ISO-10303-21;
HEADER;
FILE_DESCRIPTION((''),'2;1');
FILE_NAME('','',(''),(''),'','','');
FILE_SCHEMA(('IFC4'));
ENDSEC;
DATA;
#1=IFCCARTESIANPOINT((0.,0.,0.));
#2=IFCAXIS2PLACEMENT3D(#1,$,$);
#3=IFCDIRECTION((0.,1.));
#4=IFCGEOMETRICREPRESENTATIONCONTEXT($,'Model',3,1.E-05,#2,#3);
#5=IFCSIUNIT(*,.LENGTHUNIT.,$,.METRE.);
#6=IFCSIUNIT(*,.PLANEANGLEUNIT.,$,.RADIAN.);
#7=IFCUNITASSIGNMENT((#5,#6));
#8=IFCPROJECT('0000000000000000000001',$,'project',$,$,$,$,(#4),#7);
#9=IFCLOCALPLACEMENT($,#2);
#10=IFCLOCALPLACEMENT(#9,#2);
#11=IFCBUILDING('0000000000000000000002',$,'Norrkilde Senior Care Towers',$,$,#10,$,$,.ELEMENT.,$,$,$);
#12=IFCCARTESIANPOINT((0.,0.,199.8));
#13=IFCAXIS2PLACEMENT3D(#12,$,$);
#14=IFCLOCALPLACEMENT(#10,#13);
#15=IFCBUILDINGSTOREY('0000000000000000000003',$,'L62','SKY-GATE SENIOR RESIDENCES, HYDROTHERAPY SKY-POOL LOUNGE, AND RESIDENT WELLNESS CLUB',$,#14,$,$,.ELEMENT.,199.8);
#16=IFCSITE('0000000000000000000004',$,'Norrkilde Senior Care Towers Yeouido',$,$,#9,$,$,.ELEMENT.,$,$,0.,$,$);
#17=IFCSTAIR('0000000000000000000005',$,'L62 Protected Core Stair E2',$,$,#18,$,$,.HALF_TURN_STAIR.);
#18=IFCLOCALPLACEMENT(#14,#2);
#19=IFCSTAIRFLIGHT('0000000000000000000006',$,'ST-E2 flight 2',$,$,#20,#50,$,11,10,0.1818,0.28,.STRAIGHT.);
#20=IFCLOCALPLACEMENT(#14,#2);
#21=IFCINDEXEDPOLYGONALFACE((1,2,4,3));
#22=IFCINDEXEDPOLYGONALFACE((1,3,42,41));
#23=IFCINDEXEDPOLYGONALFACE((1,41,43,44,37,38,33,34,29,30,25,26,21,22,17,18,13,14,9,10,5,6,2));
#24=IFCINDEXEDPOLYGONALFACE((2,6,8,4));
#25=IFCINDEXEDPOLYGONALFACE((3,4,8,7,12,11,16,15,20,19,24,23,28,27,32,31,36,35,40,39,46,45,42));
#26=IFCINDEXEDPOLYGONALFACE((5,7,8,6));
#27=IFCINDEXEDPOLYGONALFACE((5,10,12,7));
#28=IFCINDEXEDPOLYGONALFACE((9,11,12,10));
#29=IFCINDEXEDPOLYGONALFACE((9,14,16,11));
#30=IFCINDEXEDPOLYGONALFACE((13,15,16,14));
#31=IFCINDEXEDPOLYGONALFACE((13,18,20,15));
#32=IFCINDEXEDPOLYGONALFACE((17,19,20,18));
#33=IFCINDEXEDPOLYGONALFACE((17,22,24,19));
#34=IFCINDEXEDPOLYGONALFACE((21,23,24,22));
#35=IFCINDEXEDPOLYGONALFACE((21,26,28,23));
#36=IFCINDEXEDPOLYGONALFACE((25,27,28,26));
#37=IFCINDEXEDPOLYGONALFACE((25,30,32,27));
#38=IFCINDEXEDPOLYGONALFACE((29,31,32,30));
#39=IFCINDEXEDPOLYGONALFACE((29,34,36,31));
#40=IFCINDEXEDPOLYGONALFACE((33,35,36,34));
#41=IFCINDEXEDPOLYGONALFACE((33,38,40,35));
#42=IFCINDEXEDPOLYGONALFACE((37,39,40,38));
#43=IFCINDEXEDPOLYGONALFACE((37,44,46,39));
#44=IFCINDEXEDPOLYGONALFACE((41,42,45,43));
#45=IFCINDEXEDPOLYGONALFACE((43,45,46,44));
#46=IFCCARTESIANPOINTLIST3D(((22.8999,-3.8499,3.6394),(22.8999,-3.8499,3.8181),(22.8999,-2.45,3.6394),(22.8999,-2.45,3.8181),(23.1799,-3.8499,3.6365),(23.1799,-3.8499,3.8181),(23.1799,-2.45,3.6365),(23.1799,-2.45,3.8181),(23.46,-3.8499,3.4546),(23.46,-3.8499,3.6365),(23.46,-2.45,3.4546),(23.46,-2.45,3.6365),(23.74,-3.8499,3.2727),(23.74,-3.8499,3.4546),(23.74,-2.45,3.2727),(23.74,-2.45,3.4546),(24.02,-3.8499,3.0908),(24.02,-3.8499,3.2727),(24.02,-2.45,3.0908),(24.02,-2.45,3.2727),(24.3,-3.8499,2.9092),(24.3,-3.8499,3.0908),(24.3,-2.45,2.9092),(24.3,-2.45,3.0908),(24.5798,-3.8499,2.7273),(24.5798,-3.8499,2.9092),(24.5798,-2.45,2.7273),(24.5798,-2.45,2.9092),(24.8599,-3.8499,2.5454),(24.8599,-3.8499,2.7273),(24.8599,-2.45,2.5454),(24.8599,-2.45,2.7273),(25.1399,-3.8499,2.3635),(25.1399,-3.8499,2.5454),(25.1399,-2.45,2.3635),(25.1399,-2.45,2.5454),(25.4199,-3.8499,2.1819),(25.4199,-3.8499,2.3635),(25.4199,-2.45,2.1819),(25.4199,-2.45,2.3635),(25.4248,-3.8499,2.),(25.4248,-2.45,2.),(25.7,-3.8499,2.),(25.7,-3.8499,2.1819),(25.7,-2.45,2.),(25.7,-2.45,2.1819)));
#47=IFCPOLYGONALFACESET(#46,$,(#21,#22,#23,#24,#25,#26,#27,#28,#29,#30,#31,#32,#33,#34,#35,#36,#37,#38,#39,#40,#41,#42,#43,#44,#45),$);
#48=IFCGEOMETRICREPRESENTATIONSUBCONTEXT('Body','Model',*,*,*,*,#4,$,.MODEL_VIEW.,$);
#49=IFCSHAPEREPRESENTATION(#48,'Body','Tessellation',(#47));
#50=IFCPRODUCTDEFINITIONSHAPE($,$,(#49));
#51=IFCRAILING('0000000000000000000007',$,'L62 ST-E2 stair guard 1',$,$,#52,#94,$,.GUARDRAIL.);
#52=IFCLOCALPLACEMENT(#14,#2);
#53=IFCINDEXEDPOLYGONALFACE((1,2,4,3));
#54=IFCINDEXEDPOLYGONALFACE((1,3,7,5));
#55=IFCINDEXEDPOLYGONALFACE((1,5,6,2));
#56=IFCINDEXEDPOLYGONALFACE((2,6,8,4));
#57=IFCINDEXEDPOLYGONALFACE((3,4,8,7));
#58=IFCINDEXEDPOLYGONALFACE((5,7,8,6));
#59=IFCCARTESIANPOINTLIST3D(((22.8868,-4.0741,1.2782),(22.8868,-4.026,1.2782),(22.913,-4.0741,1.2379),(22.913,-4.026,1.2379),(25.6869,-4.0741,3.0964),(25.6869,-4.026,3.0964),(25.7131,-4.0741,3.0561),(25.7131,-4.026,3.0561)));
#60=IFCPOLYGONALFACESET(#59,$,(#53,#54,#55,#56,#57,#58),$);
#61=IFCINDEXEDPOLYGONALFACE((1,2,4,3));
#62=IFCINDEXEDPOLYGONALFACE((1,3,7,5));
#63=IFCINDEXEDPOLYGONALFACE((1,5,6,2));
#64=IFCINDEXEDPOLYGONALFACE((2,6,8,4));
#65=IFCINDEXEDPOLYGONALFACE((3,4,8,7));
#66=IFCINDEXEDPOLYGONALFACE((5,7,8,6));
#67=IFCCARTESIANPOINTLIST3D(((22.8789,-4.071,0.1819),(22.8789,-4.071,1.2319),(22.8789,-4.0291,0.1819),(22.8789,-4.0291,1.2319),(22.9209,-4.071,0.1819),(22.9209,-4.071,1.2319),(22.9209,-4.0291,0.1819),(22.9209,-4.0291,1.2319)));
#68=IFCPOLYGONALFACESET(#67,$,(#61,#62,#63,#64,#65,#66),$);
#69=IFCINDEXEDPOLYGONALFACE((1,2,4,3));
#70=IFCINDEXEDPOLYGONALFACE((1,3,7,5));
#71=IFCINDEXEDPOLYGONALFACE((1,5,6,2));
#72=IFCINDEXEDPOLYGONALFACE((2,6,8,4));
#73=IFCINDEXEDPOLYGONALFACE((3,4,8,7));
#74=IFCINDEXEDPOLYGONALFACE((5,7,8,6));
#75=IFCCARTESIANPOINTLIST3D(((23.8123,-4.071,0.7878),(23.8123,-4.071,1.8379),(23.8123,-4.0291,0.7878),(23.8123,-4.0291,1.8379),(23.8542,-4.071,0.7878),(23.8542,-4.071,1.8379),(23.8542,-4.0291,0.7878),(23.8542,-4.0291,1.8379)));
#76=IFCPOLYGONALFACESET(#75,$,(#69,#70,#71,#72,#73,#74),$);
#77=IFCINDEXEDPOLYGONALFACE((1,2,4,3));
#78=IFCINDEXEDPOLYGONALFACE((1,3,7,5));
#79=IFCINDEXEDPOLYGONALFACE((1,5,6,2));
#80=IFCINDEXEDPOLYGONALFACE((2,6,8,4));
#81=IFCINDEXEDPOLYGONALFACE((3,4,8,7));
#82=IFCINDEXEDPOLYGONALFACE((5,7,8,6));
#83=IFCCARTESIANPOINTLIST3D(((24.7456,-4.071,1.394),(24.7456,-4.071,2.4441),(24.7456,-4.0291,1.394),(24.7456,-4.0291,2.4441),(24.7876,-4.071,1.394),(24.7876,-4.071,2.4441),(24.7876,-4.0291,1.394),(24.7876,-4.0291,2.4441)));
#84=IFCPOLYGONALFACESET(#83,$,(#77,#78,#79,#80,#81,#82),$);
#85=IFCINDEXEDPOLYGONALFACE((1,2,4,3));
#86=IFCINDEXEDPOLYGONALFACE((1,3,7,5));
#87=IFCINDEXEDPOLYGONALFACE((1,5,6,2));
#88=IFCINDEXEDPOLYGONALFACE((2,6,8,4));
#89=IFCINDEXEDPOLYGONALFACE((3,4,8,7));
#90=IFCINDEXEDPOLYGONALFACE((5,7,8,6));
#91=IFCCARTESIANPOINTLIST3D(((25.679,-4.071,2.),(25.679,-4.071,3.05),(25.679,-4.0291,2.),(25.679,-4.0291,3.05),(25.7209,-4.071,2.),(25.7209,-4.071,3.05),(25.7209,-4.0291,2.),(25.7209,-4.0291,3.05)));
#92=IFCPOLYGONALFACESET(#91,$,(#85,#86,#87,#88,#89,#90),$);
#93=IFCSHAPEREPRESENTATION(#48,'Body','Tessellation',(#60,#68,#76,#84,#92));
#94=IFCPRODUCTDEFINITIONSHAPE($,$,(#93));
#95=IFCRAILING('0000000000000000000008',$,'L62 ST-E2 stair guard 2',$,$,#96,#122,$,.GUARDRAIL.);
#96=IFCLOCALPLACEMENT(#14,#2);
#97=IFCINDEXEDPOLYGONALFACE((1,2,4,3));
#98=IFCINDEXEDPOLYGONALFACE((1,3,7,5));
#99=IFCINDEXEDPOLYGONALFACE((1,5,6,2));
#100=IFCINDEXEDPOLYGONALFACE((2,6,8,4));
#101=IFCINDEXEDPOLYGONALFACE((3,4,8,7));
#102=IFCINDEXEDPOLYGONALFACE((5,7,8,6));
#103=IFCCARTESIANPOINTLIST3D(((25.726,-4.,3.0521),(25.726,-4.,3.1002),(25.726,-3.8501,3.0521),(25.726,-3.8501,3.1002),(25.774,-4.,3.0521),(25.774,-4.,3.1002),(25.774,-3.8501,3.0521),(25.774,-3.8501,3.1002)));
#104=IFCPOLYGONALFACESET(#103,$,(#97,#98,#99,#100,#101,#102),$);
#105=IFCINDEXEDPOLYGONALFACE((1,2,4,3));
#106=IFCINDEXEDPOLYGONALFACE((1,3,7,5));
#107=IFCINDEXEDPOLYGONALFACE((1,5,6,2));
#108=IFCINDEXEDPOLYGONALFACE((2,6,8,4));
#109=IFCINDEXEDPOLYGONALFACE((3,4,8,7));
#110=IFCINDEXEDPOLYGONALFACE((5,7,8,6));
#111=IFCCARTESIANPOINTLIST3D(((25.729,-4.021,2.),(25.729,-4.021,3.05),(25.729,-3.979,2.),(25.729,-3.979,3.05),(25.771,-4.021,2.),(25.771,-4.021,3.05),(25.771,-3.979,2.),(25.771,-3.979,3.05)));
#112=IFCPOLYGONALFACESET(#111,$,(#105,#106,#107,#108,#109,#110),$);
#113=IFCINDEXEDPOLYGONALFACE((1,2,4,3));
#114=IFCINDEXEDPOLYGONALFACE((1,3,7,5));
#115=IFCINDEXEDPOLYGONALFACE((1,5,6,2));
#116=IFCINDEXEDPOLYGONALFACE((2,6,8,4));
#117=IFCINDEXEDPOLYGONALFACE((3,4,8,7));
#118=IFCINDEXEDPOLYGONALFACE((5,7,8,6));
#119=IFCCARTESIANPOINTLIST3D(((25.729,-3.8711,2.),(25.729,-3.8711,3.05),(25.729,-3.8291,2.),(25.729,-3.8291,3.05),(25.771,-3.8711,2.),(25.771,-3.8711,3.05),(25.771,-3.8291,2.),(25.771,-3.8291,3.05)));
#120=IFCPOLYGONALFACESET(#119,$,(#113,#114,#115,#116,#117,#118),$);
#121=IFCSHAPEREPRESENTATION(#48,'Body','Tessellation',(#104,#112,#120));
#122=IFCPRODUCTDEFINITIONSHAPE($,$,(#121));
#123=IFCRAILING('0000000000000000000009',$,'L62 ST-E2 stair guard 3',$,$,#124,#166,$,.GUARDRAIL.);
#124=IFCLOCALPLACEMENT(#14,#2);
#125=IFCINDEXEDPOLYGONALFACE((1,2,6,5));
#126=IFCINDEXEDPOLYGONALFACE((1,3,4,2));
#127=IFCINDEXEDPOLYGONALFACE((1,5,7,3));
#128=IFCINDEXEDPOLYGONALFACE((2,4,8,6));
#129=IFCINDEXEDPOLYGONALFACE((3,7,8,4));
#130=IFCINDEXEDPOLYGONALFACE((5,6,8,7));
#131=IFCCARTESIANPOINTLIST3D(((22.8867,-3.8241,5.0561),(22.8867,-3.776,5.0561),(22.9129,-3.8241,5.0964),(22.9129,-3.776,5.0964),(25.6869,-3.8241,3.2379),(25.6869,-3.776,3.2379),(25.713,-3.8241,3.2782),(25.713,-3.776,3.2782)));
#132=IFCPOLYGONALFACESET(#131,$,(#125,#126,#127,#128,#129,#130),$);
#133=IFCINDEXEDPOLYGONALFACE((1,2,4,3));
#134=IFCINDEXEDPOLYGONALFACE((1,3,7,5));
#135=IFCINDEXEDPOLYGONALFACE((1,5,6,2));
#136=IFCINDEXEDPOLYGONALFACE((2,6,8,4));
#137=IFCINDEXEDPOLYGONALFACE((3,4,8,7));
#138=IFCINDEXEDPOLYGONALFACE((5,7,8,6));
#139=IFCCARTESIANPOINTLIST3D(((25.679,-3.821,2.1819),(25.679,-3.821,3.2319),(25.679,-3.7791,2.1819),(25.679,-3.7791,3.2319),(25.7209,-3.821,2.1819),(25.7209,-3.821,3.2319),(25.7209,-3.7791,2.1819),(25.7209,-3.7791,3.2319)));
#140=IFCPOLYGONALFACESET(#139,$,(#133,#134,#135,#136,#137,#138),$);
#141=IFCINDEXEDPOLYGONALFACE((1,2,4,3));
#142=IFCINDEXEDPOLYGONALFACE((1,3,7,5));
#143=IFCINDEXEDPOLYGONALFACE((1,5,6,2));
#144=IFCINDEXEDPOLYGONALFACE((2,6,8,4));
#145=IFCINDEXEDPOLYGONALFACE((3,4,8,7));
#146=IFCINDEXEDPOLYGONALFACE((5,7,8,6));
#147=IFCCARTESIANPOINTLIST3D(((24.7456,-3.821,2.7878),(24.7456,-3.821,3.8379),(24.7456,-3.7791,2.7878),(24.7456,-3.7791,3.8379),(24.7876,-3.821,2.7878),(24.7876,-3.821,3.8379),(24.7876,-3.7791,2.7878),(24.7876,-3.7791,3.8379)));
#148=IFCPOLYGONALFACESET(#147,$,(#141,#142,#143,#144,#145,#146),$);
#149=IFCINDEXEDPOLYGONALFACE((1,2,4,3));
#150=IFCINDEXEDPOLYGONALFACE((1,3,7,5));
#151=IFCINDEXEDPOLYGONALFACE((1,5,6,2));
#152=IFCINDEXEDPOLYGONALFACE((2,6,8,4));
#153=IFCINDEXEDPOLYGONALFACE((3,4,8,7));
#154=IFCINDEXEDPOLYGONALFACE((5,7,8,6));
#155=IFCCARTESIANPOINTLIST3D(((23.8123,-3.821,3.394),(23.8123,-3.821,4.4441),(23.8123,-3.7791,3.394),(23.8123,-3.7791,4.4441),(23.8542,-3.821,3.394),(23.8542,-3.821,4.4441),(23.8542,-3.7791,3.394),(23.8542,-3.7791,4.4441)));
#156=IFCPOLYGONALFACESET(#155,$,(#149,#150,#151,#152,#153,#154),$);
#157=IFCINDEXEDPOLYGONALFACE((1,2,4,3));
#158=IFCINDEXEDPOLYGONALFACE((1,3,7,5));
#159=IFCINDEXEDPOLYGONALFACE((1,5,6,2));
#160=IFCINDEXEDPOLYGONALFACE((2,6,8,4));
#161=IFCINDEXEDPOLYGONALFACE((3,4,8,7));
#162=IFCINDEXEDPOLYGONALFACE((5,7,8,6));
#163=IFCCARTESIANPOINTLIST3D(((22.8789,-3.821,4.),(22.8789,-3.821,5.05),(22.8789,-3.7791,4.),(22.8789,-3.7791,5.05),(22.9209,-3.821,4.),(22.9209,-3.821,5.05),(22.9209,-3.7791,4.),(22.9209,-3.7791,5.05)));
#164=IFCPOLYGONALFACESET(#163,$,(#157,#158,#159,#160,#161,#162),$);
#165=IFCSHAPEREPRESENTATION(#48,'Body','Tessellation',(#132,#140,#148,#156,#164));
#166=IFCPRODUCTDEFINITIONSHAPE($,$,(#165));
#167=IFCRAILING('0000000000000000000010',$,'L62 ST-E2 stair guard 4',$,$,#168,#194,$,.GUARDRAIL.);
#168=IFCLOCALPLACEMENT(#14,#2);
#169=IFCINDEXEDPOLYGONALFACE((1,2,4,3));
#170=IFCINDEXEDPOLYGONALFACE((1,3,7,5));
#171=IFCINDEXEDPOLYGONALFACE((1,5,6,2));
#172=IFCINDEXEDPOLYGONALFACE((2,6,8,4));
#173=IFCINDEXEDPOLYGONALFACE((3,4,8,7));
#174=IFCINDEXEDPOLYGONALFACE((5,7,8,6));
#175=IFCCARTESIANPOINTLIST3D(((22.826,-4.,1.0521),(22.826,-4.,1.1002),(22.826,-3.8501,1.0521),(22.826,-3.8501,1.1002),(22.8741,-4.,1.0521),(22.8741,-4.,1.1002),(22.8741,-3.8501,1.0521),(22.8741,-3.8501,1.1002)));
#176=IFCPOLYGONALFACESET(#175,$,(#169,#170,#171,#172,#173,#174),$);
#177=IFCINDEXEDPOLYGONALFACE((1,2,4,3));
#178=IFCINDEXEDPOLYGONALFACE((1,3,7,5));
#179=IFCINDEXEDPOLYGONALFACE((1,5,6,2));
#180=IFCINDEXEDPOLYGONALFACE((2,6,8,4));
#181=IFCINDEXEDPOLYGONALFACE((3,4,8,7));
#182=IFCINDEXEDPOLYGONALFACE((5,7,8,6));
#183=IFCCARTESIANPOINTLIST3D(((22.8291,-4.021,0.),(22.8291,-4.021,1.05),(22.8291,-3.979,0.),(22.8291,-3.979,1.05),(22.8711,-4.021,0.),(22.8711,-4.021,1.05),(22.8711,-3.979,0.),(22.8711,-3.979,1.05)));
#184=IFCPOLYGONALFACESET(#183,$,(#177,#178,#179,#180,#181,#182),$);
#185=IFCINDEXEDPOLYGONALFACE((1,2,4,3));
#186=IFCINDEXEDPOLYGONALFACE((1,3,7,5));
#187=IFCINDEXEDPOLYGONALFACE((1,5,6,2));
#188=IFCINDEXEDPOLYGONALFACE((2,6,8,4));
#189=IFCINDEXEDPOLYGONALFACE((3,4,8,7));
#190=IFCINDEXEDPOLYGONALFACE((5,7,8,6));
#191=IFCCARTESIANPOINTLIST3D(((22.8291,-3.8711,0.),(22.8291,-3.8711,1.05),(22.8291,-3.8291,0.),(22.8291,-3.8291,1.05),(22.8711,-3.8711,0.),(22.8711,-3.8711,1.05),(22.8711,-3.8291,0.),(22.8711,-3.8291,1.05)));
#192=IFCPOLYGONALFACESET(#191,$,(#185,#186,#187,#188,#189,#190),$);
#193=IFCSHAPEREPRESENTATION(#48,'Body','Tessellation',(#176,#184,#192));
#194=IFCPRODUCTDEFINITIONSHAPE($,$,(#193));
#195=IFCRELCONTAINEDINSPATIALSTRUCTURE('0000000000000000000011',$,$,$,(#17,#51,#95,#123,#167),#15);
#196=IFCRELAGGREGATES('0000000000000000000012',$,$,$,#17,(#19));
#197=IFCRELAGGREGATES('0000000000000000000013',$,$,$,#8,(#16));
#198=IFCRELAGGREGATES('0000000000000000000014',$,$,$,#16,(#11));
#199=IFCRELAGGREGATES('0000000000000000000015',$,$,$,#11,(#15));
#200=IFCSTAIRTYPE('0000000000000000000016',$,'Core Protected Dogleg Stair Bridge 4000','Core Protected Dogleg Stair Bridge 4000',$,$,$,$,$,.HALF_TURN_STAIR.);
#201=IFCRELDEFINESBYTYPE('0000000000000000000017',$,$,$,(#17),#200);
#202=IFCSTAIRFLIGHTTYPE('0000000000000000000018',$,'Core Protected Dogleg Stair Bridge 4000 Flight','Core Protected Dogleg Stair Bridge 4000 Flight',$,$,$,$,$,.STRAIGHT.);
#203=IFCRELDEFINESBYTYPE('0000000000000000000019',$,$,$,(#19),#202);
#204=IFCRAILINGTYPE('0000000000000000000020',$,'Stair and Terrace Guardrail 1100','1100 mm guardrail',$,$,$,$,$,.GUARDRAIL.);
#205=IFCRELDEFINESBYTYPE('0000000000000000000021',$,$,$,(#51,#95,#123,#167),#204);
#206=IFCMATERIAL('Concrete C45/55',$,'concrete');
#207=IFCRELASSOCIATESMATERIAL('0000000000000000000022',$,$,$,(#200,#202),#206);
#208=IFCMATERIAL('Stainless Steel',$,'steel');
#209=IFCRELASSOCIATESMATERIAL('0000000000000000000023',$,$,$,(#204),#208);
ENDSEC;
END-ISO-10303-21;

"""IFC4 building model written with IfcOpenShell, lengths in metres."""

from ifc_helpers import new_model, si_unit, direction, frame, origin, origin_2d, place, context, subcontext, project, spatial, polyline, rectangle, outline, extrude, material, type_object, element, aggregate, save


model = new_model("IFC4")

# Units and contexts
model_context = context("Model", 3, precision=1e-05, world=origin(), true_north=direction((0.0, 1.0)))
body_context = subcontext(model_context, "Body", "Model", "MODEL_VIEW")
ifc_project = project(units=[si_unit("LENGTHUNIT", "METRE"), si_unit("PLANEANGLEUNIT", "RADIAN")], contexts=[model_context])

# Site, building, storey
site_placement = place(None, origin())
site = spatial("IfcSite", under=ifc_project, at=site_placement, Name="Norrkilde Senior Care Towers Yeouido", CompositionType="ELEMENT", RefElevation=0.0)
building_placement = place(site_placement, origin())
building = spatial("IfcBuilding", under=site, at=building_placement, Name="Norrkilde Senior Care Towers", CompositionType="ELEMENT")
storey_placement = place(building_placement, frame((0.0, 0.0, 199.8)))
storey = spatial("IfcBuildingStorey", under=building, at=storey_placement, Name="L62", Description="SKY-GATE SENIOR RESIDENCES, HYDROTHERAPY SKY-POOL LOUNGE, AND RESIDENT WELLNESS CLUB", CompositionType="ELEMENT", Elevation=199.8)

# Shared definitions
ifc_material_1 = material(Name="Concrete C45/55", Category="concrete")

# Shared definitions
ifc_material_2 = material(Name="Stainless Steel", Category="steel")

# Stair, stair flight
stair_type = type_object("IfcStairType", Name="Core Protected Dogleg Stair Bridge 4000", Description="Core Protected Dogleg Stair Bridge 4000", PredefinedType="HALF_TURN_STAIR", material=ifc_material_1)
stair_placement = place(storey_placement, origin())
stair = element("IfcStair", 1, at=stair_placement, inside=storey, type_object=stair_type, Name="L62 Protected Core Stair E2", PredefinedType="HALF_TURN_STAIR")
stair_flight_type = type_object("IfcStairFlightType", Name="Core Protected Dogleg Stair Bridge 4000 Flight", Description="Core Protected Dogleg Stair Bridge 4000 Flight", PredefinedType="STRAIGHT", material=ifc_material_1)
stair_flight_1_placement = place(storey_placement, frame((25.7, -3.1499, 2.0), z_axis=(0.0, 0.0, 1.0), x_axis=(-1.0, 0.0, 0.0)))
stair_flight_1 = element("IfcStairFlight", 2, at=stair_flight_1_placement, type_object=stair_flight_type, Name="ST-E2 flight 2", NumberOfRisers=11, NumberOfTreads=10, PredefinedType="STRAIGHT", RiserHeight=0.1818, TreadLength=0.28, context=body_context, shape_type="SweptSolid", body=[
    extrude(outline(polyline([(0.0, 0.0), (0.0, 0.1819), (0.28, 0.1819), (0.28, 0.3635), (0.5601, 0.3635), (0.5601, 0.5454), (0.8401, 0.5454), (0.8401, 0.7273), (1.1201, 0.7273), (1.1201, 0.9092), (1.3999, 0.9092), (1.3999, 1.0908), (1.6799, 1.0908), (1.6799, 1.2727), (1.96, 1.2727), (1.96, 1.4546), (2.24, 1.4546), (2.24, 1.6365), (2.52, 1.6365), (2.52, 1.8181), (2.8, 1.8181), (2.8, 2.0), (2.8, 1.6394), (0.2751, 0.0), (0.0, 0.0)])), frame((0.0, 0.7, 0.0), z_axis=(0.0, -1.0, 0.0), x_axis=(1.0, 0.0, 0.0)), (0.0, 0.0, 1.0), 1.3999),
])
aggregate(stair, [stair_flight_1])

# Railings
railing_type_1 = type_object("IfcRailingType", Name="Stair and Terrace Guardrail 1100", Description="1100 mm guardrail", PredefinedType="GUARDRAIL", material=ifc_material_2)
railing_1_placement = place(storey_placement, frame((22.8999, -4.05, 0.1819)))
element("IfcRailing", 3, at=railing_1_placement, inside=storey, type_object=railing_type_1, Name="L62 ST-E2 stair guard 1", PredefinedType="GUARDRAIL", context=body_context, shape_type="SweptSolid", body=[
    extrude(rectangle(XDim=0.0481, YDim=0.0481, at=origin_2d()), frame((0.0, 0.0, 1.0762), z_axis=(0.838706, 0.0, 0.544585), x_axis=(0.0, 1.0, 0.0)), (0.0, 0.0, 1.0), 3.3386),
    extrude(rectangle(XDim=0.042, YDim=0.042, at=origin_2d()), origin(), (0.0, 0.0, 1.0), 1.05),
    extrude(rectangle(XDim=0.042, YDim=0.042, at=origin_2d()), frame((0.9333, 0.0, 0.606)), (0.0, 0.0, 1.0), 1.05),
    extrude(rectangle(XDim=0.042, YDim=0.042, at=origin_2d()), frame((1.8667, 0.0, 1.2122)), (0.0, 0.0, 1.0), 1.05),
    extrude(rectangle(XDim=0.042, YDim=0.042, at=origin_2d()), frame((2.8, 0.0, 1.8181)), (0.0, 0.0, 1.0), 1.05),
])
railing_2_placement = place(storey_placement, frame((25.75, -4.0, 2.0)))
element("IfcRailing", 4, at=railing_2_placement, inside=storey, type_object=railing_type_1, Name="L62 ST-E2 stair guard 2", PredefinedType="GUARDRAIL", context=body_context, shape_type="SweptSolid", body=[
    extrude(rectangle(XDim=0.0481, YDim=0.0481, at=origin_2d()), frame((0.0, 0.0, 1.0762), z_axis=(0.0, 1.0, 0.0), x_axis=(-1.0, 0.0, 0.0)), (0.0, 0.0, 1.0), 0.1499),
    extrude(rectangle(XDim=0.042, YDim=0.042, at=origin_2d()), origin(), (0.0, 0.0, 1.0), 1.05),
    extrude(rectangle(XDim=0.042, YDim=0.042, at=origin_2d()), frame((0.0, 0.1499, 0.0)), (0.0, 0.0, 1.0), 1.05),
])
railing_3_placement = place(storey_placement, frame((25.7, -3.8, 2.1819)))
element("IfcRailing", 5, at=railing_3_placement, inside=storey, type_object=railing_type_1, Name="L62 ST-E2 stair guard 3", PredefinedType="GUARDRAIL", context=body_context, shape_type="SweptSolid", body=[
    extrude(rectangle(XDim=0.0481, YDim=0.0481, at=origin_2d()), frame((0.0, 0.0, 1.0762), z_axis=(-0.838706, 0.0, 0.544585), x_axis=(0.0, -1.0, 0.0)), (0.0, 0.0, 1.0), 3.3386),
    extrude(rectangle(XDim=0.042, YDim=0.042, at=origin_2d()), origin(), (0.0, 0.0, 1.0), 1.05),
    extrude(rectangle(XDim=0.042, YDim=0.042, at=origin_2d()), frame((-0.9333, 0.0, 0.606)), (0.0, 0.0, 1.0), 1.05),
    extrude(rectangle(XDim=0.042, YDim=0.042, at=origin_2d()), frame((-1.8667, 0.0, 1.2122)), (0.0, 0.0, 1.0), 1.05),
    extrude(rectangle(XDim=0.042, YDim=0.042, at=origin_2d()), frame((-2.8, 0.0, 1.8181)), (0.0, 0.0, 1.0), 1.05),
])
railing_4_placement = place(storey_placement, frame((22.8501, -4.0, 0.0)))
element("IfcRailing", 6, at=railing_4_placement, inside=storey, type_object=railing_type_1, Name="L62 ST-E2 stair guard 4", PredefinedType="GUARDRAIL", context=body_context, shape_type="SweptSolid", body=[
    extrude(rectangle(XDim=0.0481, YDim=0.0481, at=origin_2d()), frame((0.0, 0.0, 1.0762), z_axis=(0.0, 1.0, 0.0), x_axis=(-1.0, 0.0, 0.0)), (0.0, 0.0, 1.0), 0.1499),
    extrude(rectangle(XDim=0.042, YDim=0.042, at=origin_2d()), origin(), (0.0, 0.0, 1.0), 1.05),
    extrude(rectangle(XDim=0.042, YDim=0.042, at=origin_2d()), frame((0.0, 0.1499, 0.0)), (0.0, 0.0, 1.0), 1.05),
])

save(model, "model.ifc")
